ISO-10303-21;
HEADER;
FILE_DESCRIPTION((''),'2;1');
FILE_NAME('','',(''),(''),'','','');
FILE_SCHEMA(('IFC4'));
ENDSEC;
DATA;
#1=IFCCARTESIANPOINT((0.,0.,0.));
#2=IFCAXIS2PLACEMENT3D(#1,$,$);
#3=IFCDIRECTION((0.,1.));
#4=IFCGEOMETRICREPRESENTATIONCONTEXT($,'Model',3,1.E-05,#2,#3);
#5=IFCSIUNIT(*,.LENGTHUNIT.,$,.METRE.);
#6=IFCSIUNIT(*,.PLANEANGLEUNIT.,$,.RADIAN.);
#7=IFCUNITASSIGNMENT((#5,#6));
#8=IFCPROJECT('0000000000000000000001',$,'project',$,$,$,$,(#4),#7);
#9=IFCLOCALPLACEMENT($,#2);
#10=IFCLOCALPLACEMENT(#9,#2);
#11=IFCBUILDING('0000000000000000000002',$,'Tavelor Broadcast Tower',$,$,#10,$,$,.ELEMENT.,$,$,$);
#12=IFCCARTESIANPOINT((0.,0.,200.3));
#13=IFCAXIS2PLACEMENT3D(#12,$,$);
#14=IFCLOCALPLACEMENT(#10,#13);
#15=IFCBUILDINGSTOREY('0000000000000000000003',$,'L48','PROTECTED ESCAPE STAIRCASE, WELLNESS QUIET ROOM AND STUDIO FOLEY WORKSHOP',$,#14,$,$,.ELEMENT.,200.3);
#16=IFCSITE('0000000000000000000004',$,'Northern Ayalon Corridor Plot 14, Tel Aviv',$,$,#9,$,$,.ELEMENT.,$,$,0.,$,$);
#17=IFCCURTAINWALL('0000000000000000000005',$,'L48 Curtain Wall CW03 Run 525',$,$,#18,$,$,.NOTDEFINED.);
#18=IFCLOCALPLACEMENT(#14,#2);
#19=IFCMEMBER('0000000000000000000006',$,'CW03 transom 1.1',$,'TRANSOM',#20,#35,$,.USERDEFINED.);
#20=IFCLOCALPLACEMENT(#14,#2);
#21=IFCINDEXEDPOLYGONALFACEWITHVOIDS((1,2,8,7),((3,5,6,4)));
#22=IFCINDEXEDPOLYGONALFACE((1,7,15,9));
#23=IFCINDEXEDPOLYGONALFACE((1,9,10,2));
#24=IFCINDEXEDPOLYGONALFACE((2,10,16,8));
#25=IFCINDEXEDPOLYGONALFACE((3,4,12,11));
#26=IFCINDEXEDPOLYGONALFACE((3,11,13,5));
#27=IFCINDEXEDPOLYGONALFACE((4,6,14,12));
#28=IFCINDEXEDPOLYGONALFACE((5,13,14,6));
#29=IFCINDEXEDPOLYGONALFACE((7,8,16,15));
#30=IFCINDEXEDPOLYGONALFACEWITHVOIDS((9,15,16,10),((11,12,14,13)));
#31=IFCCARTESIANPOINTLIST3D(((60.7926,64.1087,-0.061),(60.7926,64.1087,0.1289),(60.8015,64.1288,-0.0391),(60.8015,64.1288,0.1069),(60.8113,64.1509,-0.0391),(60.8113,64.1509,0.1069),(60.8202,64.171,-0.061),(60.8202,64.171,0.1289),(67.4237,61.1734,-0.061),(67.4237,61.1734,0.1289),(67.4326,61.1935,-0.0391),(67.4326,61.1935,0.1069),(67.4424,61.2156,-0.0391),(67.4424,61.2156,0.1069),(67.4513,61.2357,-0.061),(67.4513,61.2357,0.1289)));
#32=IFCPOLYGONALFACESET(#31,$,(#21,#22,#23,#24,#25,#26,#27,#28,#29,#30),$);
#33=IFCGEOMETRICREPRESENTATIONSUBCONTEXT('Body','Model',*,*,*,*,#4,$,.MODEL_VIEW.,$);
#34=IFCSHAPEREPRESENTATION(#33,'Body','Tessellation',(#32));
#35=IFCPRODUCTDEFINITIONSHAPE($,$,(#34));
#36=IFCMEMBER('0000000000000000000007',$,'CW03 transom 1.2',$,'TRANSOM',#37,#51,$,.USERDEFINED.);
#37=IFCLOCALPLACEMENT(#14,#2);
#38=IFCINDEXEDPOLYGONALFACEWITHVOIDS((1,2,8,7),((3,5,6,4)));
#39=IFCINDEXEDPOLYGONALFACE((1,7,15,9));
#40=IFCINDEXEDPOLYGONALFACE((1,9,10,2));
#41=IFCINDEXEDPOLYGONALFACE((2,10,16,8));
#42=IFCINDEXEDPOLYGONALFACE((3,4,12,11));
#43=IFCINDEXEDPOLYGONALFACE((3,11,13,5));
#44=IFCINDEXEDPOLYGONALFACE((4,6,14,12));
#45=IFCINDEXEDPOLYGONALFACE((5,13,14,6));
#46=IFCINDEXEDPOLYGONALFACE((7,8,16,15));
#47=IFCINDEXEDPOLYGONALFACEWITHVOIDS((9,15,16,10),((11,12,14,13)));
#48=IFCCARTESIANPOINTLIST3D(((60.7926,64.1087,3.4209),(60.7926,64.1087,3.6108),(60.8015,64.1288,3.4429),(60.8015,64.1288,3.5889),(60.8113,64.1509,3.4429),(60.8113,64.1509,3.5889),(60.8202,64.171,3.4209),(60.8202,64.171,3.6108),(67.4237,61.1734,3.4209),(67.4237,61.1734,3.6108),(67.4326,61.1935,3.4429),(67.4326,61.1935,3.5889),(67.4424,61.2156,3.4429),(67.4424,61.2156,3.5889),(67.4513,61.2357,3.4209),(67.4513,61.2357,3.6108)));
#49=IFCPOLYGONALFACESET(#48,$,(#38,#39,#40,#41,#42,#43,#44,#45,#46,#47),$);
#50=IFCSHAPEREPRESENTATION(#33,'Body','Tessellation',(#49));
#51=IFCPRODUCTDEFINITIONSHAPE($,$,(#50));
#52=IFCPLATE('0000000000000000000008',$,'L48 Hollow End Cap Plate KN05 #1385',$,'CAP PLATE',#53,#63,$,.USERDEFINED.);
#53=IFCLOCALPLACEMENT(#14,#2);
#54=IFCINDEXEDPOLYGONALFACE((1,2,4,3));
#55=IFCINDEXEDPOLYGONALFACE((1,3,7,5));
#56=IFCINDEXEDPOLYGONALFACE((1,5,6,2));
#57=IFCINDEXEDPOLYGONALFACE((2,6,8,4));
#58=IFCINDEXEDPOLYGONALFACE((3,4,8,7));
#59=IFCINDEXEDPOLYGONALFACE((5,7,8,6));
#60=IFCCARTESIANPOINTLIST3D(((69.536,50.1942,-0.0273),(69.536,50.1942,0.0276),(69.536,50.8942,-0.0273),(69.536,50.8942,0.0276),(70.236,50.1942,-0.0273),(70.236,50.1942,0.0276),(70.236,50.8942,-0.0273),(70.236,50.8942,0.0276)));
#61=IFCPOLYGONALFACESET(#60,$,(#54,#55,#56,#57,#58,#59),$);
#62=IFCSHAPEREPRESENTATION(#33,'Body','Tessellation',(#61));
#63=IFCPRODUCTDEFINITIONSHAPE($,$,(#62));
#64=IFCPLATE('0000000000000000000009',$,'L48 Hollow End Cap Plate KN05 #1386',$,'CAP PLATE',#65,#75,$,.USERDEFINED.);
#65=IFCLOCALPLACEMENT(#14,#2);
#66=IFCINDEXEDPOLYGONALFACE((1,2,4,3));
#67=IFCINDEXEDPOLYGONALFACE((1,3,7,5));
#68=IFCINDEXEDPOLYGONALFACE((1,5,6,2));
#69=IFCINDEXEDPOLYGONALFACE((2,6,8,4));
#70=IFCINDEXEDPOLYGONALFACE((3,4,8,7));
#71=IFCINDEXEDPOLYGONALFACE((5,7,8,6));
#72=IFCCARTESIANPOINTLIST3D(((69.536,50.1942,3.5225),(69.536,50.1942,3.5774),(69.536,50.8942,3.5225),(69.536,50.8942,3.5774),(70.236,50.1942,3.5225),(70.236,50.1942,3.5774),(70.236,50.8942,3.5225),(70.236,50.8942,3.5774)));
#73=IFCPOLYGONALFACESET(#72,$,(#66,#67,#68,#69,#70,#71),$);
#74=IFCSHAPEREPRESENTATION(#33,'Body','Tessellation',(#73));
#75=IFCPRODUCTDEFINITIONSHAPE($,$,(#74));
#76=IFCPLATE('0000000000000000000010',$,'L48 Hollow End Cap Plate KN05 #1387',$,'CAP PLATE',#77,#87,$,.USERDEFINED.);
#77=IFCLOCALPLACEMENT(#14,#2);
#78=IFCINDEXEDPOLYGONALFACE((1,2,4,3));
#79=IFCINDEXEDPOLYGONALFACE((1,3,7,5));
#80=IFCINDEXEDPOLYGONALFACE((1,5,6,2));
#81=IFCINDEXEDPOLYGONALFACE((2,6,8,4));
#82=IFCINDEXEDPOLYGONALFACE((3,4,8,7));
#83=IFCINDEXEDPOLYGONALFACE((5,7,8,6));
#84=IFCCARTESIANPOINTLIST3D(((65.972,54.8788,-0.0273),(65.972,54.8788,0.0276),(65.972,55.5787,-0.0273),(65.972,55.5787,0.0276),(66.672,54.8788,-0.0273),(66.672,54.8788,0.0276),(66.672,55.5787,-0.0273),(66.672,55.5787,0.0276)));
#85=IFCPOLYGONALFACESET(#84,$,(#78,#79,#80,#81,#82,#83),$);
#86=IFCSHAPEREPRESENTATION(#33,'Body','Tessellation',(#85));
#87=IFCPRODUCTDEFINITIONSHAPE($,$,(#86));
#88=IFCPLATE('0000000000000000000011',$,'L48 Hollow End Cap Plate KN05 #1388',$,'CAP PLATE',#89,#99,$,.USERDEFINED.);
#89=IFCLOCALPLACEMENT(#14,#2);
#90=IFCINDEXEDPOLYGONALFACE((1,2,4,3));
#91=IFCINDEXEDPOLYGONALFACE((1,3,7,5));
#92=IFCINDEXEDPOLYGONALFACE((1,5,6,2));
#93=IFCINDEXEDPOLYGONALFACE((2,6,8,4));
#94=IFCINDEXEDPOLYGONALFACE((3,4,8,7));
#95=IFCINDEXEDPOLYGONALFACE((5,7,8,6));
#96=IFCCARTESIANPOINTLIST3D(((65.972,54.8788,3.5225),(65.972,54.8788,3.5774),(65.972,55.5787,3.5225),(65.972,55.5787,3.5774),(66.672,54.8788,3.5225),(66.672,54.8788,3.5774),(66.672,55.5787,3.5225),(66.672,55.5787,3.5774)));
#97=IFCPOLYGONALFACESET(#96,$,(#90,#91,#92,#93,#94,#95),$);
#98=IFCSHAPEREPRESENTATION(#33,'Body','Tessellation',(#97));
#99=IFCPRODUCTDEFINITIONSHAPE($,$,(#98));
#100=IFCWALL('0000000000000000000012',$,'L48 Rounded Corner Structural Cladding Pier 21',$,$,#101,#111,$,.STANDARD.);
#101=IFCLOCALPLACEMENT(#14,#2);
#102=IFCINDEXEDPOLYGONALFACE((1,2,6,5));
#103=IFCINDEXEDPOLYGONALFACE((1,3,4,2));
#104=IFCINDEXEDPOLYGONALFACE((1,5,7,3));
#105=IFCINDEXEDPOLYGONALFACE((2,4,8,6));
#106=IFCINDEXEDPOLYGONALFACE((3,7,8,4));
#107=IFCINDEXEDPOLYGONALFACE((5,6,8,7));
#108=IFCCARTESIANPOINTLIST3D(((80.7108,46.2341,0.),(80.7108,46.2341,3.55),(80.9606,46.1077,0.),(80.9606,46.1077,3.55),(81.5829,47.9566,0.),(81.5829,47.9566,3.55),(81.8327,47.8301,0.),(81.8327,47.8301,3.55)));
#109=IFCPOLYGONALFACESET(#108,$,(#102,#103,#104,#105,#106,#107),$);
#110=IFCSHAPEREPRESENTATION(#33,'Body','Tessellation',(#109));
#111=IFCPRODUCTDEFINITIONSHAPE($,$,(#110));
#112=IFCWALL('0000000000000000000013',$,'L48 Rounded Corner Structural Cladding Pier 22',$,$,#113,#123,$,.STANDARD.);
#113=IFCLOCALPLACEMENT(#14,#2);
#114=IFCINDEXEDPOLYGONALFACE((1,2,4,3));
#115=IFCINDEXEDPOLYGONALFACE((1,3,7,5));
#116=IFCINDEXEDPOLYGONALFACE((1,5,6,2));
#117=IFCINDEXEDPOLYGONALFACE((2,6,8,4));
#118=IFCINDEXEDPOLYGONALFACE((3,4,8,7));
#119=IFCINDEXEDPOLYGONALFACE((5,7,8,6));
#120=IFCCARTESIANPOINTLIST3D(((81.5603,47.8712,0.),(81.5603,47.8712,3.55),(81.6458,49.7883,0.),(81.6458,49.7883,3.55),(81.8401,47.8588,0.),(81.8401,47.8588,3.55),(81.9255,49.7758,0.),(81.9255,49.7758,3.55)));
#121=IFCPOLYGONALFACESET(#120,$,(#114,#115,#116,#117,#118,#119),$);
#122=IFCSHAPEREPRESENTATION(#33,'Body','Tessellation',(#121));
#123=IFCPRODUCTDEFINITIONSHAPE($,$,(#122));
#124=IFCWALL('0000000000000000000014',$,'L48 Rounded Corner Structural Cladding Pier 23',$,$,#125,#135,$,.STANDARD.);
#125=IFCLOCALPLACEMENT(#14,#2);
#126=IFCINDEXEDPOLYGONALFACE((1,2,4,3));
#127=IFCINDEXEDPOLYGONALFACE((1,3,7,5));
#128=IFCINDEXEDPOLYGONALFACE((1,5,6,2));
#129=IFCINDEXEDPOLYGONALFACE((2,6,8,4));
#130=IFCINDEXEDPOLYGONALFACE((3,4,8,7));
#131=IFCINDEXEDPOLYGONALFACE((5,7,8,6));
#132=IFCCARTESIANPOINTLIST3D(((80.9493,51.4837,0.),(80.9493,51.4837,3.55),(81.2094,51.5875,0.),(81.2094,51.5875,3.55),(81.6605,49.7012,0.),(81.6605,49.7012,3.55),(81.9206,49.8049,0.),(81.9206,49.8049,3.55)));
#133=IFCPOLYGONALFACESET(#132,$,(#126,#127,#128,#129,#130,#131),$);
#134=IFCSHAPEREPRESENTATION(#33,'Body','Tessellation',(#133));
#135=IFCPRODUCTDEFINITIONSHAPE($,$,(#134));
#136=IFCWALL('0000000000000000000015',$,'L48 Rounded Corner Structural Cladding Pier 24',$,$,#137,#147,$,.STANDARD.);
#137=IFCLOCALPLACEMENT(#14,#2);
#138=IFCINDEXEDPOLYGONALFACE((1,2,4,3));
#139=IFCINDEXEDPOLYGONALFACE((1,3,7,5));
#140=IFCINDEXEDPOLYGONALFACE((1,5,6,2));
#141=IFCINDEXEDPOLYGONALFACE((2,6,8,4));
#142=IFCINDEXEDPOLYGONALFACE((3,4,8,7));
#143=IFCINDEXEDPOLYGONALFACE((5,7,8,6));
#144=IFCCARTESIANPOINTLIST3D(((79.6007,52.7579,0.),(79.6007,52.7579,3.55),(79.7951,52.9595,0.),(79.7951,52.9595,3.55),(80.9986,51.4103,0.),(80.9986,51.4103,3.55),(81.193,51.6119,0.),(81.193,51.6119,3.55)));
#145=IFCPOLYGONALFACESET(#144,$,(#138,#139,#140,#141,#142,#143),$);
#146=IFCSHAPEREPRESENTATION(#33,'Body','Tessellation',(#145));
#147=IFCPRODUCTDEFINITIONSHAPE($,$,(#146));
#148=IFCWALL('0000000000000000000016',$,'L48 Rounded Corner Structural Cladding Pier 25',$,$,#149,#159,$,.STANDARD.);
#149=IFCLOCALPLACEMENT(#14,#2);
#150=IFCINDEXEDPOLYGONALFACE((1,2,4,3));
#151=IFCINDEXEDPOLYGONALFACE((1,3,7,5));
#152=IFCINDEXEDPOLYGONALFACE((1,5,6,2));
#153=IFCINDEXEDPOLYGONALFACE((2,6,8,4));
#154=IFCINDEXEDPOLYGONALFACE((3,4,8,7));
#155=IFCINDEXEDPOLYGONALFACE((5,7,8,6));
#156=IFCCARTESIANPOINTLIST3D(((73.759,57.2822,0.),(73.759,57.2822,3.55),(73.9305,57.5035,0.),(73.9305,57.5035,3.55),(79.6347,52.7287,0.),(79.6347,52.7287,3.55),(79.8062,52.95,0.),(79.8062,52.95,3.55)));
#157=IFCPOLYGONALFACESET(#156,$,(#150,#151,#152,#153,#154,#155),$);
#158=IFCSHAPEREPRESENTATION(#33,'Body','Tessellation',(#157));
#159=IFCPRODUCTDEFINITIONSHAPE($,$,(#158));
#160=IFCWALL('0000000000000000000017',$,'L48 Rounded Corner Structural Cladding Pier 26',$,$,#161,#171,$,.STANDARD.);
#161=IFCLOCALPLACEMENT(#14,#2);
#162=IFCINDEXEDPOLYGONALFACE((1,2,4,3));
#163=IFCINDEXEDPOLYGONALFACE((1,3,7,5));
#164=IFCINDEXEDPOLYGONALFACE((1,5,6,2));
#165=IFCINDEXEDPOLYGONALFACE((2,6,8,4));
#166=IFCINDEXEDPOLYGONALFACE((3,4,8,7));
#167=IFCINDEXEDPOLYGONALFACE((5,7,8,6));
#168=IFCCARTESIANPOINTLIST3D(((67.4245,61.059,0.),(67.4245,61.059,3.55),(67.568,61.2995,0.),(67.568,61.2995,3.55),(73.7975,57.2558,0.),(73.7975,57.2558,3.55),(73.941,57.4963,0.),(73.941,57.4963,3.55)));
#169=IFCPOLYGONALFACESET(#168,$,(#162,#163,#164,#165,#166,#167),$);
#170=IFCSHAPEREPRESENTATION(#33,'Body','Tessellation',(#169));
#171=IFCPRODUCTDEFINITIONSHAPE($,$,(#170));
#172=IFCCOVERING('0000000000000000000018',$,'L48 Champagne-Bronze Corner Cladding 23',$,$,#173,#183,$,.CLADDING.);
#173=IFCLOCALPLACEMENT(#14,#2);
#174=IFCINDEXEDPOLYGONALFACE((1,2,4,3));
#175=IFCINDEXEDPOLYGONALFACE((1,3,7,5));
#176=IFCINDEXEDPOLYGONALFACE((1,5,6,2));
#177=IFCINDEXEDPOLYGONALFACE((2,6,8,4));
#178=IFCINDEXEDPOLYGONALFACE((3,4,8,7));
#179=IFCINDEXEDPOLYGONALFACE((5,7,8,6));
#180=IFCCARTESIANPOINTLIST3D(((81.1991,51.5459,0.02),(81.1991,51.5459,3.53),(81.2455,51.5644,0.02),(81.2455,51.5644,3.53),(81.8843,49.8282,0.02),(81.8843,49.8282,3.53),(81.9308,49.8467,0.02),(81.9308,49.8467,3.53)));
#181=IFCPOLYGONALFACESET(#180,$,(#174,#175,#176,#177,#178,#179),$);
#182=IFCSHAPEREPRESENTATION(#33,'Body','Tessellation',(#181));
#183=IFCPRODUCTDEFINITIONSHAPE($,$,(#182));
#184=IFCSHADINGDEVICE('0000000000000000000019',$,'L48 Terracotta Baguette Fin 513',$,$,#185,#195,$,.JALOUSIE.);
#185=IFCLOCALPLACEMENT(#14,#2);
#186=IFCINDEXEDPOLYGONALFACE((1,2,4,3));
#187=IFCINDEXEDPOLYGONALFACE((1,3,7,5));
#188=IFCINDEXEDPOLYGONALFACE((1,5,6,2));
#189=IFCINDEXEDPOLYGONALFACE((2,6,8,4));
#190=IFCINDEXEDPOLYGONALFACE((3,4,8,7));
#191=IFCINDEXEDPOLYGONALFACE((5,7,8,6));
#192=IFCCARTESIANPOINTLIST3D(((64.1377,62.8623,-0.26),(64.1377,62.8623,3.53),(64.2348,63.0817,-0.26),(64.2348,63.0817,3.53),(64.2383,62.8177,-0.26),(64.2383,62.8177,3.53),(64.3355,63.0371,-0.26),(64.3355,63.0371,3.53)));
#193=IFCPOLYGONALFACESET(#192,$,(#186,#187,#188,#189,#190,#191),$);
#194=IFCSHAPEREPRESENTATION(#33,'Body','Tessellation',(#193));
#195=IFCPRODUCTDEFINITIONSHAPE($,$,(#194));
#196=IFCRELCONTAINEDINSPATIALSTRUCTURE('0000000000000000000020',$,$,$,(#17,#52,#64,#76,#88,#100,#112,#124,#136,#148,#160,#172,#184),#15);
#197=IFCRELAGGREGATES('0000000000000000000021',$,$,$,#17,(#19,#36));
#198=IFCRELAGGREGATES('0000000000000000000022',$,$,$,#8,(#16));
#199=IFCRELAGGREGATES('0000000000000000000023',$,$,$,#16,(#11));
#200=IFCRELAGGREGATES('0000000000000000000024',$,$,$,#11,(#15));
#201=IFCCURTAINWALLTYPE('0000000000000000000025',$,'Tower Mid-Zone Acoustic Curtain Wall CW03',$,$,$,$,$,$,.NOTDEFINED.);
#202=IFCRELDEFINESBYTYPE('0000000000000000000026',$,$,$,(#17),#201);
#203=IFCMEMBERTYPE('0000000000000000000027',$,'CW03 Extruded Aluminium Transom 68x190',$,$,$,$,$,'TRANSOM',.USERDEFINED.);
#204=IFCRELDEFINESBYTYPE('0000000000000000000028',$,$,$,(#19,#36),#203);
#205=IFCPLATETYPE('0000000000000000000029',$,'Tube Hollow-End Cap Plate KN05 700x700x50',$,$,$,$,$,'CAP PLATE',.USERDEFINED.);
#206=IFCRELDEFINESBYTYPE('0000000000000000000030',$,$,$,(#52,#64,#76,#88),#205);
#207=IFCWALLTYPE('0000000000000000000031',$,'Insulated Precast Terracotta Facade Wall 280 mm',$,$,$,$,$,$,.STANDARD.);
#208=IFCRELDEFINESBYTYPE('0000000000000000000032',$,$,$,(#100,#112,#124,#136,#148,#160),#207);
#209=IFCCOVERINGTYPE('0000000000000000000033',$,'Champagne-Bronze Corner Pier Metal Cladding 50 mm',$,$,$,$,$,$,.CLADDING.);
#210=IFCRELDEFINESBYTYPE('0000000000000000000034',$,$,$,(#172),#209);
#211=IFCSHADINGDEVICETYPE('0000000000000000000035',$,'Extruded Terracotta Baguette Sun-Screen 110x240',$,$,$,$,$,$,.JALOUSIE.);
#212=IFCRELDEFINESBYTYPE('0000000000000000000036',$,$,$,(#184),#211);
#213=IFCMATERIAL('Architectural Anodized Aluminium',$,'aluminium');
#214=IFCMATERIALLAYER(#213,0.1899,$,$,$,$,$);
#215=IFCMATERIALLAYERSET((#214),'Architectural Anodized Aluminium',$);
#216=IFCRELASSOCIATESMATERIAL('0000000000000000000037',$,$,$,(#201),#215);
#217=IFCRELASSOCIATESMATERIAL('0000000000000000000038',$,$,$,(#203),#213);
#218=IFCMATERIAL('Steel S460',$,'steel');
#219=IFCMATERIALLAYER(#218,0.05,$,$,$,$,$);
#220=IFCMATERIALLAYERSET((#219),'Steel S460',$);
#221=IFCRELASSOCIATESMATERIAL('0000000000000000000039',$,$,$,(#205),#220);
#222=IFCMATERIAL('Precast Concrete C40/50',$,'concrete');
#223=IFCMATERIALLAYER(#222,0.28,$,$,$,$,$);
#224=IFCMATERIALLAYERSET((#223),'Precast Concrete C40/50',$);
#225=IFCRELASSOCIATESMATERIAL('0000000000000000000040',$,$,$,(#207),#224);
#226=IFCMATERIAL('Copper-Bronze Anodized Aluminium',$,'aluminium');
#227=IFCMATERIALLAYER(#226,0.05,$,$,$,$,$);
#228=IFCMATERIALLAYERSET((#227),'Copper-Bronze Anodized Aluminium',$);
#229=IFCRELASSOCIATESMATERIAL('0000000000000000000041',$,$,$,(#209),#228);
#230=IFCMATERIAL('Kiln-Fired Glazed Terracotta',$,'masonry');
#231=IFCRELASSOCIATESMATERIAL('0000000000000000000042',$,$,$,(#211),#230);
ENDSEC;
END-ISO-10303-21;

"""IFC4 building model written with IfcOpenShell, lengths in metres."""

from ifc_helpers import new_model, si_unit, direction, frame, frame_2d, origin, origin_2d, place, context, subcontext, project, spatial, rectangle, hollow_rectangle, extrude, source, transform, mapped, material, layer, layer_set, material_profile, profile_set, type_object, type_shapes, element, aggregate, save


model = new_model("IFC4")

# Units and contexts
model_context = context("Model", 3, precision=1e-05, world=origin(), true_north=direction((0.0, 1.0)))
body_context = subcontext(model_context, "Body", "Model", "MODEL_VIEW")
ifc_project = project(units=[si_unit("LENGTHUNIT", "METRE"), si_unit("PLANEANGLEUNIT", "RADIAN")], contexts=[model_context])

# Site, building, storey
site_placement = place(None, origin())
site = spatial("IfcSite", under=ifc_project, at=site_placement, Name="Northern Ayalon Corridor Plot 14, Tel Aviv", CompositionType="ELEMENT", RefElevation=0.0)
building_placement = place(site_placement, origin())
building = spatial("IfcBuilding", under=site, at=building_placement, Name="Tavelor Broadcast Tower", CompositionType="ELEMENT")
storey_placement = place(building_placement, frame((0.0, 0.0, 200.3)))
storey = spatial("IfcBuildingStorey", under=building, at=storey_placement, Name="L48", Description="PROTECTED ESCAPE STAIRCASE, WELLNESS QUIET ROOM AND STUDIO FOLEY WORKSHOP", CompositionType="ELEMENT", Elevation=200.3)

# Shared definitions
ifc_material_1 = material(Name="Steel S460", Category="steel")

# Shared definitions
ifc_material_2 = material(Name="Architectural Anodized Aluminium", Category="aluminium")
ifc_layer_1 = layer(ifc_material_2, 0.1899)
ifc_layer_set_1 = layer_set([ifc_layer_1], Name="Architectural Anodized Aluminium")
curtain_wall_type = type_object("IfcCurtainWallType", Name="Tower Mid-Zone Acoustic Curtain Wall CW03", PredefinedType="NOTDEFINED", material=ifc_layer_set_1)

# Curtain wall, members
curtain_wall_1_placement = place(storey_placement, origin())
curtain_wall_1 = element("IfcCurtainWall", 1, at=curtain_wall_1_placement, inside=storey, type_object=curtain_wall_type, Name="L48 Curtain Wall CW03 Run 525", PredefinedType="NOTDEFINED")
ifc_material_profile_1 = material_profile(ifc_material_2, hollow_rectangle(XDim=0.0681, YDim=0.1899, WallThickness=0.022, at=origin_2d()), Name="RHS 68x190x22")
ifc_profile_set_1 = profile_set([ifc_material_profile_1], Name="Architectural Anodized Aluminium")
member_type_1 = type_object("IfcMemberType", Name="CW03 Extruded Aluminium Transom 68x190", ElementType="TRANSOM", PredefinedType="USERDEFINED", material=ifc_profile_set_1)
shared_shape_1 = source(origin(), body_context, "Body", "SweptSolid", [
    extrude(hollow_rectangle(XDim=0.0681, YDim=0.1899, WallThickness=0.022, at=origin_2d()), origin(), (0.0, 0.0, 1.0), 7.2517),
])
type_shapes(member_type_1, [shared_shape_1])
member_1_placement = place(storey_placement, frame((67.4375, 61.2046, 0.0339), z_axis=(-0.914417, 0.404773, 0.0), x_axis=(-0.404773, -0.914417, 0.0)))
member_1 = element("IfcMember", 2, at=member_1_placement, type_object=member_type_1, Name="CW03 transom 1.1", ObjectType="TRANSOM", PredefinedType="USERDEFINED", context=body_context, shape_type="MappedRepresentation", body=[
    mapped(shared_shape_1, transform((0.0, 0.0, 0.0), scale=1.0)),
])
member_2_placement = place(storey_placement, frame((67.4375, 61.2046, 3.5159), z_axis=(-0.914417, 0.404773, 0.0), x_axis=(-0.404773, -0.914417, 0.0)))
member_2 = element("IfcMember", 3, at=member_2_placement, type_object=member_type_1, Name="CW03 transom 1.2", ObjectType="TRANSOM", PredefinedType="USERDEFINED", context=body_context, shape_type="MappedRepresentation", body=[
    mapped(shared_shape_1, transform((0.0, 0.0, 0.0), scale=1.0)),
])
aggregate(curtain_wall_1, [member_1, member_2])

# Plates
ifc_layer_2 = layer(ifc_material_1, 0.05)
ifc_layer_set_2 = layer_set([ifc_layer_2], Name="Steel S460")
plate_type = type_object("IfcPlateType", Name="Tube Hollow-End Cap Plate KN05 700x700x50", ElementType="CAP PLATE", PredefinedType="USERDEFINED", material=ifc_layer_set_2)
shared_shape_2 = source(origin(), body_context, "Body", "SweptSolid", [
    extrude(rectangle(XDim=0.7, YDim=0.7, at=origin_2d()), origin(), (0.0, 0.0, 1.0), 0.0549),
])
type_shapes(plate_type, [shared_shape_2])
for number, where, z_axis, x_axis, name in (
    (4, (69.886, 50.5442, -0.0273), (0.0, 0.0, 1.0), (1.0, 0.0, 0.0), "L48 Hollow End Cap Plate KN05 #1385"),
    (5, (69.886, 50.5442, 3.5225), (0.0, 0.0, 1.0), (1.0, 0.0, 0.0), "L48 Hollow End Cap Plate KN05 #1386"),
    (6, (66.322, 55.2288, -0.0273), (0.0, 0.0, 1.0), (1.0, 0.0, 0.0), "L48 Hollow End Cap Plate KN05 #1387"),
    (7, (66.322, 55.2288, 3.5225), (0.0, 0.0, 1.0), (1.0, 0.0, 0.0), "L48 Hollow End Cap Plate KN05 #1388"),
):
    element("IfcPlate", number, at=place(storey_placement, frame(where, z_axis=z_axis, x_axis=x_axis)), inside=storey, type_object=plate_type, Name=name, ObjectType="CAP PLATE", PredefinedType="USERDEFINED", context=body_context, shape_type="MappedRepresentation", body=[
        mapped(shared_shape_2, transform((0.0, 0.0, 0.0), scale=1.0)),
    ])

# Walls
ifc_material_3 = material(Name="Precast Concrete C40/50", Category="concrete")
ifc_layer_3 = layer(ifc_material_3, 0.28)
ifc_layer_set_3 = layer_set([ifc_layer_3], Name="Precast Concrete C40/50")
wall_type = type_object("IfcWallType", Name="Insulated Precast Terracotta Facade Wall 280 mm", PredefinedType="STANDARD", material=ifc_layer_set_3)
wall_1_placement = place(storey_placement, frame((80.8357, 46.1709, 0.0), z_axis=(0.0, 0.0, 1.0), x_axis=(0.45171, 0.892165, 0.0)))
element("IfcWall", 8, at=wall_1_placement, inside=storey, type_object=wall_type, Name="L48 Rounded Corner Structural Cladding Pier 21", PredefinedType="STANDARD", context=body_context, shape_type="SweptSolid", body=[
    extrude(rectangle(XDim=1.9307, YDim=0.28, at=frame_2d((0.9653, 0.0))), origin(), (0.0, 0.0, 1.0), 3.55),
])
wall_2_placement = place(storey_placement, frame((81.7002, 47.865, 0.0), z_axis=(0.0, 0.0, 1.0), x_axis=(0.04453, 0.999008, 0.0)))
element("IfcWall", 9, at=wall_2_placement, inside=storey, type_object=wall_type, Name="L48 Rounded Corner Structural Cladding Pier 22", PredefinedType="STANDARD", context=body_context, shape_type="SweptSolid", body=[
    extrude(rectangle(XDim=1.9189, YDim=0.28, at=frame_2d((0.9595, 0.0))), origin(), (0.0, 0.0, 1.0), 3.55),
])
wall_3_placement = place(storey_placement, frame((81.7905, 49.7532, 0.0), z_axis=(0.0, 0.0, 1.0), x_axis=(-0.370579, 0.928801, 0.0)))
element("IfcWall", 10, at=wall_3_placement, inside=storey, type_object=wall_type, Name="L48 Rounded Corner Structural Cladding Pier 23", PredefinedType="STANDARD", context=body_context, shape_type="SweptSolid", body=[
    extrude(rectangle(XDim=1.9192, YDim=0.28, at=frame_2d((0.9595, 0.0))), origin(), (0.0, 0.0, 1.0), 3.55),
])
wall_4_placement = place(storey_placement, frame((81.0957, 51.5112, 0.0), z_axis=(0.0, 0.0, 1.0), x_axis=(-0.719939, 0.694038, 0.0)))
element("IfcWall", 11, at=wall_4_placement, inside=storey, type_object=wall_type, Name="L48 Rounded Corner Structural Cladding Pier 24", PredefinedType="STANDARD", context=body_context, shape_type="SweptSolid", body=[
    extrude(rectangle(XDim=1.9417, YDim=0.28, at=frame_2d((0.9707, 0.0))), origin(), (0.0, 0.0, 1.0), 3.55),
])
wall_5_placement = place(storey_placement, frame((79.7205, 52.8394, 0.0), z_axis=(0.0, 0.0, 1.0), x_axis=(-0.79043, 0.612553, 0.0)))
element("IfcWall", 12, at=wall_5_placement, inside=storey, type_object=wall_type, Name="L48 Rounded Corner Structural Cladding Pier 25", PredefinedType="STANDARD", context=body_context, shape_type="SweptSolid", body=[
    extrude(rectangle(XDim=7.4336, YDim=0.28, at=frame_2d((3.7168, 0.0))), origin(), (0.0, 0.0, 1.0), 3.55),
])
wall_6_placement = place(storey_placement, frame((73.8694, 57.376, 0.0), z_axis=(0.0, 0.0, 1.0), x_axis=(-0.858715, 0.512453, 0.0)))
element("IfcWall", 13, at=wall_6_placement, inside=storey, type_object=wall_type, Name="L48 Rounded Corner Structural Cladding Pier 26", PredefinedType="STANDARD", context=body_context, shape_type="SweptSolid", body=[
    extrude(rectangle(XDim=7.4216, YDim=0.28, at=frame_2d((3.7109, 0.0))), origin(), (0.0, 0.0, 1.0), 3.55),
])

# Covering
ifc_material_4 = material(Name="Copper-Bronze Anodized Aluminium", Category="aluminium")
ifc_layer_4 = layer(ifc_material_4, 0.05)
ifc_layer_set_4 = layer_set([ifc_layer_4], Name="Copper-Bronze Anodized Aluminium")
covering_type = type_object("IfcCoveringType", Name="Champagne-Bronze Corner Pier Metal Cladding 50 mm", PredefinedType="CLADDING", material=ifc_layer_set_4)
covering_placement = place(storey_placement, frame((81.5649, 50.6963, 0.02), z_axis=(0.0, 0.0, 1.0), x_axis=(-0.370557, 0.92881, 0.0)))
element("IfcCovering", 14, at=covering_placement, inside=storey, type_object=covering_type, Name="L48 Champagne-Bronze Corner Cladding 23", PredefinedType="CLADDING", context=body_context, shape_type="SweptSolid", body=[
    extrude(rectangle(XDim=1.8494, YDim=0.05, at=origin_2d()), origin(), (0.0, 0.0, 1.0), 3.51),
])

# Shading device
ifc_material_5 = material(Name="Kiln-Fired Glazed Terracotta", Category="masonry")
shading_device_type = type_object("IfcShadingDeviceType", Name="Extruded Terracotta Baguette Sun-Screen 110x240", PredefinedType="JALOUSIE", material=ifc_material_5)
shared_shape_3 = source(origin(), body_context, "Body", "SweptSolid", [
    extrude(rectangle(XDim=0.1101, YDim=0.24, at=origin_2d()), origin(), (0.0, 0.0, 1.0), 3.79),
])
type_shapes(shading_device_type, [shared_shape_3])
shading_device_placement = place(storey_placement, frame((64.2366, 62.9497, -0.26), z_axis=(0.0, 0.0, 1.0), x_axis=(-0.914395, 0.404822, 0.0)))
element("IfcShadingDevice", 15, at=shading_device_placement, inside=storey, type_object=shading_device_type, Name="L48 Terracotta Baguette Fin 513", PredefinedType="JALOUSIE", context=body_context, shape_type="MappedRepresentation", body=[
    mapped(shared_shape_3, transform((0.0, 0.0, 0.0), scale=1.0)),
])

save(model, "model.ifc")
